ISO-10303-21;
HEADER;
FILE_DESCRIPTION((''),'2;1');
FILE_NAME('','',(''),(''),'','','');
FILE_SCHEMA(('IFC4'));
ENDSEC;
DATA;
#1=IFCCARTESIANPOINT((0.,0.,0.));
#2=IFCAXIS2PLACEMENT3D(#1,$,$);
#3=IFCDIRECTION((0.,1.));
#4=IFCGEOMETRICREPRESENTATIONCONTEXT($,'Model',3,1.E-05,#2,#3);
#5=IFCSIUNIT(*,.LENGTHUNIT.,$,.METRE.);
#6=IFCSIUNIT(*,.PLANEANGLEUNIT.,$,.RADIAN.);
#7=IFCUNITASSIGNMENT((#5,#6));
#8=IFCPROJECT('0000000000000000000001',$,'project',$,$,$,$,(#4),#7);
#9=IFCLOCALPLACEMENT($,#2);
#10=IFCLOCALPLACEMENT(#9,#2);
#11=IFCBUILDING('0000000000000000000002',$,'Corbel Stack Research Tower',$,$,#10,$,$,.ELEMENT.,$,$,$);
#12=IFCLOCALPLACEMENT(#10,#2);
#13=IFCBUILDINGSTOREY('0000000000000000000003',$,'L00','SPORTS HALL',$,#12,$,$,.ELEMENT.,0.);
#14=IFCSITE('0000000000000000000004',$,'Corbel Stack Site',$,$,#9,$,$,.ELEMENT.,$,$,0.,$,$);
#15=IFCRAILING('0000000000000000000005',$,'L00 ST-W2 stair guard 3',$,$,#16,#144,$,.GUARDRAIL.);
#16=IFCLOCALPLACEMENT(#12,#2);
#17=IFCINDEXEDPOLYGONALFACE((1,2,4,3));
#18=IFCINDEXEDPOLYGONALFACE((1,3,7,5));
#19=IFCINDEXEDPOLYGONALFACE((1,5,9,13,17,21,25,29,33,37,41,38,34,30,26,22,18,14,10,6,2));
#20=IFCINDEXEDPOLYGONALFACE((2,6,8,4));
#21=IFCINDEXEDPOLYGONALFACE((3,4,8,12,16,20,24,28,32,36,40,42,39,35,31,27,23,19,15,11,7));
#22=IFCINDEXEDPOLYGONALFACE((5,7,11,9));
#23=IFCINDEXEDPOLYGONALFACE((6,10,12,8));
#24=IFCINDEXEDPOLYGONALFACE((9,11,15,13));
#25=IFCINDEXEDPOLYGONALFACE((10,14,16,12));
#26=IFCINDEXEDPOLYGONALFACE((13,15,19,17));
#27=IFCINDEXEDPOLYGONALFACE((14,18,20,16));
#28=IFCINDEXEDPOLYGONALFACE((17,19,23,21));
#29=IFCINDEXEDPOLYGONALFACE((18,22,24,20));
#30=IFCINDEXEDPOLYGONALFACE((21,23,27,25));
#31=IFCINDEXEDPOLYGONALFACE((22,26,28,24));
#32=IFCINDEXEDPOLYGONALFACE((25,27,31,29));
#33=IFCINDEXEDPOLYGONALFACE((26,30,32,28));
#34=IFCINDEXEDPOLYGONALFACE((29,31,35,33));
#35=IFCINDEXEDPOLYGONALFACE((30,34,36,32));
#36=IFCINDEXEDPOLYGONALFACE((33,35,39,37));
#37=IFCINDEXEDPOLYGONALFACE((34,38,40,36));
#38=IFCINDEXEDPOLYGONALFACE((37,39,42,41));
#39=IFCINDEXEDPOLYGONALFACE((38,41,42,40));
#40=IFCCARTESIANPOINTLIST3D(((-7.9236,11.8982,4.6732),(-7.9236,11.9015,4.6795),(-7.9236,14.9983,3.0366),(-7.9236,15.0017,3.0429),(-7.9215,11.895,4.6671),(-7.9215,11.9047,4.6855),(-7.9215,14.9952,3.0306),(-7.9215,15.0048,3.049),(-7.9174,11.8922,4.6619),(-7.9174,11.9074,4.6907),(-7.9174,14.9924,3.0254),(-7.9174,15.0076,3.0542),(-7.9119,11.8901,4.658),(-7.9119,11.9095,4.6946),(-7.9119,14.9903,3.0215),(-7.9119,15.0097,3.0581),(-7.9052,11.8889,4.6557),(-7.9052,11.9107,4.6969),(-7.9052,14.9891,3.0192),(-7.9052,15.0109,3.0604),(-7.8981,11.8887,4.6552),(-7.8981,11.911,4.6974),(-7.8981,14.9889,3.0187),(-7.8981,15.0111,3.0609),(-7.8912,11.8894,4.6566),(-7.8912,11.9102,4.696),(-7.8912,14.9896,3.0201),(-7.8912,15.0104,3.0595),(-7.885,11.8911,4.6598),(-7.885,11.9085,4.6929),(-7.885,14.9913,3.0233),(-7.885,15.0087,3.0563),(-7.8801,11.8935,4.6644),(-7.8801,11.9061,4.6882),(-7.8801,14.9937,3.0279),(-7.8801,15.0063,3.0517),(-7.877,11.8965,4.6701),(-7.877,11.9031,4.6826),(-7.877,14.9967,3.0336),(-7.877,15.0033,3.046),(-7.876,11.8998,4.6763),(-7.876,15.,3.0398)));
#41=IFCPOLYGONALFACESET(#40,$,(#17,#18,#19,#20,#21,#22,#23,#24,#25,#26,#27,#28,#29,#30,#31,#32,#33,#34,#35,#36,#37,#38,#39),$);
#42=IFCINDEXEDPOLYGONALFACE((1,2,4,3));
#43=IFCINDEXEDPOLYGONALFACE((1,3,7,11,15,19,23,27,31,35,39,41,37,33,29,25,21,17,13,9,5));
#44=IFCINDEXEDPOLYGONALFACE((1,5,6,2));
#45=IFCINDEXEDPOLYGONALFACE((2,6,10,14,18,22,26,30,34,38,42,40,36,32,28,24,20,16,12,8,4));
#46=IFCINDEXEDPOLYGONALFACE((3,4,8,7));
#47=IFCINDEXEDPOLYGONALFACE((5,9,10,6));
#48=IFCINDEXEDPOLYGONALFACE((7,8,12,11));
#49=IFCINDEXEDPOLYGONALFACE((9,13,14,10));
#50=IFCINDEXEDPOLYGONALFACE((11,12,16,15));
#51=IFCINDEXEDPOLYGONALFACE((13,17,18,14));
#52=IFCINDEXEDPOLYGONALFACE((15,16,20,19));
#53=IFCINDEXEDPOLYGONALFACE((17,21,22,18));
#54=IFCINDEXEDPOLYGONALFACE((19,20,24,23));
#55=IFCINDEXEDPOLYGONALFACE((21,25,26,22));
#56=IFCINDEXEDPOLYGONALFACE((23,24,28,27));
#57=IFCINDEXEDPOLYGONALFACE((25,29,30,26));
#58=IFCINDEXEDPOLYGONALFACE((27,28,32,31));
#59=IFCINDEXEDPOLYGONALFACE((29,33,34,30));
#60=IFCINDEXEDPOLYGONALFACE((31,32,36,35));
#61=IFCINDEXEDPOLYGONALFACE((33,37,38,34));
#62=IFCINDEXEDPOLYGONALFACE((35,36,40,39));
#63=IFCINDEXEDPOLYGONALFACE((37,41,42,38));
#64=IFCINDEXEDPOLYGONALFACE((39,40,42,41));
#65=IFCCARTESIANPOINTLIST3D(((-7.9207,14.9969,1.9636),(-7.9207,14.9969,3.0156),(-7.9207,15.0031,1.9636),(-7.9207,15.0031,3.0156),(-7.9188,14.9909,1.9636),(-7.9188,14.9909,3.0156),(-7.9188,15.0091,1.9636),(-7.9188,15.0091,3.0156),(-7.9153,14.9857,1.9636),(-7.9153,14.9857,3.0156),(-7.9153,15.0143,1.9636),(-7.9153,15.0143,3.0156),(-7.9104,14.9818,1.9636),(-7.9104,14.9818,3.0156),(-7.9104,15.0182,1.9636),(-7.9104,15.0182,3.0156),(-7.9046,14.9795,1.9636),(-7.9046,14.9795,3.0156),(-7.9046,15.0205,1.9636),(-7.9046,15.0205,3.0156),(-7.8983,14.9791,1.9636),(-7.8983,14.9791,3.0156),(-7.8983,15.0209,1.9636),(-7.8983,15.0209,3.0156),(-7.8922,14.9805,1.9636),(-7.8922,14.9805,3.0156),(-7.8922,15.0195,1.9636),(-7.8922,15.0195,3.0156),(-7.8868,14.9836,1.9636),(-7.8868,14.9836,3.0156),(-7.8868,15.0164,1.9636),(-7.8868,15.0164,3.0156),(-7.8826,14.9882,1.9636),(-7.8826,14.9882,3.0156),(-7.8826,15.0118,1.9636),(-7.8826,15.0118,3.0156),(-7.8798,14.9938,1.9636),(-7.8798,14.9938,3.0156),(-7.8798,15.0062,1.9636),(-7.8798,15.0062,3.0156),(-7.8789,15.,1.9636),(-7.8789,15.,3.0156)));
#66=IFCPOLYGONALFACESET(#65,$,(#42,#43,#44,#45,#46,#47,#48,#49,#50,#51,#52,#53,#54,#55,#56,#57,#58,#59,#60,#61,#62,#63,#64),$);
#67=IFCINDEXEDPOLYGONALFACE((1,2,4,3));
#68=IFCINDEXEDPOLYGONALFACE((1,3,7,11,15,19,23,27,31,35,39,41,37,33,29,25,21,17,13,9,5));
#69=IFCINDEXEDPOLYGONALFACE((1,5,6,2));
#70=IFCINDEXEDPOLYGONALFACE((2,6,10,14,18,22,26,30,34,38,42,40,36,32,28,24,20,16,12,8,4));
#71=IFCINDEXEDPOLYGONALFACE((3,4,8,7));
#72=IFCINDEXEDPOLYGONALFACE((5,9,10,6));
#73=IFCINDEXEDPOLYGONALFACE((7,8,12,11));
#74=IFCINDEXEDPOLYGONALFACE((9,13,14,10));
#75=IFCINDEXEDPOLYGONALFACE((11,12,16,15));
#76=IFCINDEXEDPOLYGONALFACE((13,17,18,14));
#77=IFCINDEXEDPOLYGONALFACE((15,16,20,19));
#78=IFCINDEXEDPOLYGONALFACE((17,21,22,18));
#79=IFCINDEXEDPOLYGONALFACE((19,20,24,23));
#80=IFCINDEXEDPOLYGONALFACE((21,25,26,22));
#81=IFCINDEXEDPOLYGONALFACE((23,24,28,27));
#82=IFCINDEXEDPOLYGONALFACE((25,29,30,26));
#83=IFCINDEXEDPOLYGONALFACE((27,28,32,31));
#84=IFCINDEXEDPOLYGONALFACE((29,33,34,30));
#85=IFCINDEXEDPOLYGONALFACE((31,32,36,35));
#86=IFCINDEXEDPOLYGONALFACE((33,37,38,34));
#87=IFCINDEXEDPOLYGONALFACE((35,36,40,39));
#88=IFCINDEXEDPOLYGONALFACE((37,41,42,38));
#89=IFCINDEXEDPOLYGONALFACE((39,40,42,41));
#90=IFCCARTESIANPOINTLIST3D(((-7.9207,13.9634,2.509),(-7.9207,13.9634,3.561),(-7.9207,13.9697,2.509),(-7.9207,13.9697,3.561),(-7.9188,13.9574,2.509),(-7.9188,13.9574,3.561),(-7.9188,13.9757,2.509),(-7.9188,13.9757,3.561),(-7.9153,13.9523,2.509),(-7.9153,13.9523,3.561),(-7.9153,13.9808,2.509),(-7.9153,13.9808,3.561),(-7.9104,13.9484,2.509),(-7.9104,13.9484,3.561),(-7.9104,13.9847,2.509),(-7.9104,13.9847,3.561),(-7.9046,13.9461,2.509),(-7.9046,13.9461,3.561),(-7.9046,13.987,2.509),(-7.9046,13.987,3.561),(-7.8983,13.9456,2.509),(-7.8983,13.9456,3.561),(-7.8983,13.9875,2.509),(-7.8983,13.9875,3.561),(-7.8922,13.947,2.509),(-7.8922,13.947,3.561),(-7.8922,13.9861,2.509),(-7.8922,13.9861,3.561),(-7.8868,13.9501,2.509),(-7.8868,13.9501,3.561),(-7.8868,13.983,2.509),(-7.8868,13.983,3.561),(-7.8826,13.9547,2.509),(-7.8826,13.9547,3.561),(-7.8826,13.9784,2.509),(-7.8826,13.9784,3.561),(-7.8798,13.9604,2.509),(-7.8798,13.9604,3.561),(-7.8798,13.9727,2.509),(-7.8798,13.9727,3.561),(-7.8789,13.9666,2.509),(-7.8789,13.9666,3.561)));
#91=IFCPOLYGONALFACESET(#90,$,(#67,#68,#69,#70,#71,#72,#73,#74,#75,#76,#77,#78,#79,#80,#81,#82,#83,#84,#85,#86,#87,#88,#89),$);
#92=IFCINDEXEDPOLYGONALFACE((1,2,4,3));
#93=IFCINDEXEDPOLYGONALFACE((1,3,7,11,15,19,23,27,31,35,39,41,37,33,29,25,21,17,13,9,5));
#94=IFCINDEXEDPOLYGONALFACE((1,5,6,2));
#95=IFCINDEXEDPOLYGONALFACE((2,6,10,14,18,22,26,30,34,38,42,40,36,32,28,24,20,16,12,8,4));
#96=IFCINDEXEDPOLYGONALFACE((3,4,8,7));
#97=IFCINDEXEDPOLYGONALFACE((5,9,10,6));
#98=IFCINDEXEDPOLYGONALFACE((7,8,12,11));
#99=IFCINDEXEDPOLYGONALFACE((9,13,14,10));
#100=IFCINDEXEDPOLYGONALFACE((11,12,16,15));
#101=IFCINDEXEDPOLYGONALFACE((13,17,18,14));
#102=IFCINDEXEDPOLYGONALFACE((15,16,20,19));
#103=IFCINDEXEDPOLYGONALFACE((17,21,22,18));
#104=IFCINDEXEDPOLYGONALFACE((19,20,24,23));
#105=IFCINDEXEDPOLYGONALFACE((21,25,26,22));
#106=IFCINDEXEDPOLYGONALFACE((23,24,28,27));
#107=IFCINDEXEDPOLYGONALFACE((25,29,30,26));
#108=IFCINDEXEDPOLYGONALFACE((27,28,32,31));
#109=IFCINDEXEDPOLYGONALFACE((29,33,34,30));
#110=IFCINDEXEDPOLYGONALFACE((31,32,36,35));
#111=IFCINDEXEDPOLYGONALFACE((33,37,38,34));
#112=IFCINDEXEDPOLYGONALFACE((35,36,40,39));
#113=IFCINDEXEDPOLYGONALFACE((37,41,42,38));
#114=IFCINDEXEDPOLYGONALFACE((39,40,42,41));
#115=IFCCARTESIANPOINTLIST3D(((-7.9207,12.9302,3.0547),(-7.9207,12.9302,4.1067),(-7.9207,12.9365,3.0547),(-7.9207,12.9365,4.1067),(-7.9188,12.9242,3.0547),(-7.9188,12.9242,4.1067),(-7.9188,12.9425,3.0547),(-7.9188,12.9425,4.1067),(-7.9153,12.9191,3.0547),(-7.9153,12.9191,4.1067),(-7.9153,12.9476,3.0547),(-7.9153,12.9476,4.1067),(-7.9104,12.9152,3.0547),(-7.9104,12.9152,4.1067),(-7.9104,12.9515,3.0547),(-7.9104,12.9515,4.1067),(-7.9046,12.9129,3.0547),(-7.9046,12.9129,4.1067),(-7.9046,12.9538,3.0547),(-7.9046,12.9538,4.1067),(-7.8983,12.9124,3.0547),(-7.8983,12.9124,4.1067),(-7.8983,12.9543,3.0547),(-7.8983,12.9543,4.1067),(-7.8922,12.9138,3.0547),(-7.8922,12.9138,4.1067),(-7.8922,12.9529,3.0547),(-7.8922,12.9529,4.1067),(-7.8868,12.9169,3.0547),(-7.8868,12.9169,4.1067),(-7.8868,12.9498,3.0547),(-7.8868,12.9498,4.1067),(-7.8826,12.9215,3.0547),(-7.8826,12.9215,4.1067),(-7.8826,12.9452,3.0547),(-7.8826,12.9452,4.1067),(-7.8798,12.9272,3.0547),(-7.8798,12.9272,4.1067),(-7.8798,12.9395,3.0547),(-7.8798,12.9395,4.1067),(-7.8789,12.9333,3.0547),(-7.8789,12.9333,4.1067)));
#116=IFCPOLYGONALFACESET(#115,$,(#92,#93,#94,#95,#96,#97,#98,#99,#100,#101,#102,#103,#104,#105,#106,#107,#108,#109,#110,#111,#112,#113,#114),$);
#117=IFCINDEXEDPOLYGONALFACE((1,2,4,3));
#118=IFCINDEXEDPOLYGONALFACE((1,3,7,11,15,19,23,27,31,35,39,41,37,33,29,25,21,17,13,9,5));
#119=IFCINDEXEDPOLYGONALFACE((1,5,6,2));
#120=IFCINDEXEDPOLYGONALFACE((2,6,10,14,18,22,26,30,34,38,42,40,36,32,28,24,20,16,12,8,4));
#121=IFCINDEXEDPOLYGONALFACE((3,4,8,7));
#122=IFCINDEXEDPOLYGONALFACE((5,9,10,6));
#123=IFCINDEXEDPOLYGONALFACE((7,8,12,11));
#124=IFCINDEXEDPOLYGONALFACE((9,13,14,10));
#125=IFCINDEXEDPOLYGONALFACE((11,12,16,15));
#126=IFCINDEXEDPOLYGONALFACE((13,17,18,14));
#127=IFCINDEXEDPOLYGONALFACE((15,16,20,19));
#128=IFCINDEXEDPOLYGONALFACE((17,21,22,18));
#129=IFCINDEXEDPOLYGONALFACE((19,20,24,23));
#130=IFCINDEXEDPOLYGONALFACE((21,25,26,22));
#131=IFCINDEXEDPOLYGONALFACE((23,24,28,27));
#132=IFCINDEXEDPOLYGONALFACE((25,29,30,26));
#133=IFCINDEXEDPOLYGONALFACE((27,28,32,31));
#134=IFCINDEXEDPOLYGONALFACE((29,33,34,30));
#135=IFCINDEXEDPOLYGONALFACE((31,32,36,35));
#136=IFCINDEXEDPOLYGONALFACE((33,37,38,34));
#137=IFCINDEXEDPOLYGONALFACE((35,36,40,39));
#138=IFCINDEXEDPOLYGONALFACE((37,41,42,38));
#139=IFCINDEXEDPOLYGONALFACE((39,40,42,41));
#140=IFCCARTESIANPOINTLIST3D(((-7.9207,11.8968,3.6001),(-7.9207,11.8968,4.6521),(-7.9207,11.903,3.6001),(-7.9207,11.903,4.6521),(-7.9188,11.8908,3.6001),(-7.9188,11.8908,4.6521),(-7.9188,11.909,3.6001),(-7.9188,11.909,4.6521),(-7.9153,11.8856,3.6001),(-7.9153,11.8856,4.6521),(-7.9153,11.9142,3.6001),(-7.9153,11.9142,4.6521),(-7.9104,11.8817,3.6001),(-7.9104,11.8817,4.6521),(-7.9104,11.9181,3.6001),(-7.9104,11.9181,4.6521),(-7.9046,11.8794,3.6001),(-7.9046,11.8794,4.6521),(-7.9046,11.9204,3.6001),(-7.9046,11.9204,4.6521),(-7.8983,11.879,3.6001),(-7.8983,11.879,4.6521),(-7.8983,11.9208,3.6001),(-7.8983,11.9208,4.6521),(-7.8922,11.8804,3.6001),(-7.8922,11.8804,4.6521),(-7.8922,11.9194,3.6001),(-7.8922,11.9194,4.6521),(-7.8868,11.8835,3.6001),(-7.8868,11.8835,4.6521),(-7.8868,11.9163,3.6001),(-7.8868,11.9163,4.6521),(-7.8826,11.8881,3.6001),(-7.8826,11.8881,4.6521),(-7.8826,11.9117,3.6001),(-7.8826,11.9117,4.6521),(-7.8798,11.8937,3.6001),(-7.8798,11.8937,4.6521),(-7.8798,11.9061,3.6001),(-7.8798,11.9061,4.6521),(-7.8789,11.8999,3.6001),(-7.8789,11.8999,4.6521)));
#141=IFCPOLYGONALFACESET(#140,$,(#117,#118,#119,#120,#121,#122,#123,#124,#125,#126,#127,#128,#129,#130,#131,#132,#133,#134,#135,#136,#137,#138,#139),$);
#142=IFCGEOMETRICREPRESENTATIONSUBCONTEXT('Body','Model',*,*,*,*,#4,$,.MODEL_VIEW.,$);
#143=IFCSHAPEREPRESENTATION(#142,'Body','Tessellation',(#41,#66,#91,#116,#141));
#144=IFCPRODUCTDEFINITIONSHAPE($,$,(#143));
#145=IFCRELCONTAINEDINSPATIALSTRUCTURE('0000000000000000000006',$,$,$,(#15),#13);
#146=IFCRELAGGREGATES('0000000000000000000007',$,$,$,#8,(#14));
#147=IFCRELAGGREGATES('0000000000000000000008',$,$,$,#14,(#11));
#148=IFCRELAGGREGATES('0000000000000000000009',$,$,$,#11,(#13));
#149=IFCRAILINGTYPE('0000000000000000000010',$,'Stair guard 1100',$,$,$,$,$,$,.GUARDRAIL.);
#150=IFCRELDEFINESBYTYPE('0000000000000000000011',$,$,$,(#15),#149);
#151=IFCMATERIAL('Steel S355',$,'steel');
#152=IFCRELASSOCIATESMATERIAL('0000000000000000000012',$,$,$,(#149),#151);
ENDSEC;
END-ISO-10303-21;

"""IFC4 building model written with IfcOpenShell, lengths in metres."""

from ifc_helpers import new_model, si_unit, direction, frame, origin, origin_2d, place, context, subcontext, project, spatial, circle, extrude, material, type_object, element, save


model = new_model("IFC4")

# Units and contexts
model_context = context("Model", 3, precision=1e-05, world=origin(), true_north=direction((0.0, 1.0)))
body_context = subcontext(model_context, "Body", "Model", "MODEL_VIEW")
ifc_project = project(units=[si_unit("LENGTHUNIT", "METRE"), si_unit("PLANEANGLEUNIT", "RADIAN")], contexts=[model_context])

# Site, building, storey
site_placement = place(None, origin())
site = spatial("IfcSite", under=ifc_project, at=site_placement, Name="Corbel Stack Site", CompositionType="ELEMENT", RefElevation=0.0)
building_placement = place(site_placement, origin())
building = spatial("IfcBuilding", under=site, at=building_placement, Name="Corbel Stack Research Tower", CompositionType="ELEMENT")
storey_placement = place(building_placement, origin())
storey = spatial("IfcBuildingStorey", under=building, at=storey_placement, Name="L00", Description="SPORTS HALL", CompositionType="ELEMENT", Elevation=0.0)

# Railing
ifc_material_1 = material(Name="Steel S355", Category="steel")
railing_type = type_object("IfcRailingType", Name="Stair guard 1100", PredefinedType="GUARDRAIL", material=ifc_material_1)
railing_1_placement = place(storey_placement, frame((-7.8999, 15.0, 1.9636)))
element("IfcRailing", 1, at=railing_1_placement, inside=storey, type_object=railing_type, Name="L00 ST-W2 stair guard 3", PredefinedType="GUARDRAIL", context=body_context, shape_type="SweptSolid", body=[
    extrude(circle(Radius=0.0239, at=origin_2d()), frame((0.0, 0.0, 1.0762), z_axis=(0.0, -0.884348, 0.466828), x_axis=(1.0, 0.0, 0.0)), (0.0, 0.0, 1.0), 3.5056),
    extrude(circle(Radius=0.021, at=origin_2d()), origin(), (0.0, 0.0, 1.0), 1.052),
    extrude(circle(Radius=0.021, at=origin_2d()), frame((0.0, -1.0334, 0.5454)), (0.0, 0.0, 1.0), 1.052),
    extrude(circle(Radius=0.021, at=origin_2d()), frame((0.0, -2.0667, 1.0911)), (0.0, 0.0, 1.0), 1.052),
    extrude(circle(Radius=0.021, at=origin_2d()), frame((0.0, -3.1001, 1.6365)), (0.0, 0.0, 1.0), 1.052),
])

save(model, "model.ifc")
